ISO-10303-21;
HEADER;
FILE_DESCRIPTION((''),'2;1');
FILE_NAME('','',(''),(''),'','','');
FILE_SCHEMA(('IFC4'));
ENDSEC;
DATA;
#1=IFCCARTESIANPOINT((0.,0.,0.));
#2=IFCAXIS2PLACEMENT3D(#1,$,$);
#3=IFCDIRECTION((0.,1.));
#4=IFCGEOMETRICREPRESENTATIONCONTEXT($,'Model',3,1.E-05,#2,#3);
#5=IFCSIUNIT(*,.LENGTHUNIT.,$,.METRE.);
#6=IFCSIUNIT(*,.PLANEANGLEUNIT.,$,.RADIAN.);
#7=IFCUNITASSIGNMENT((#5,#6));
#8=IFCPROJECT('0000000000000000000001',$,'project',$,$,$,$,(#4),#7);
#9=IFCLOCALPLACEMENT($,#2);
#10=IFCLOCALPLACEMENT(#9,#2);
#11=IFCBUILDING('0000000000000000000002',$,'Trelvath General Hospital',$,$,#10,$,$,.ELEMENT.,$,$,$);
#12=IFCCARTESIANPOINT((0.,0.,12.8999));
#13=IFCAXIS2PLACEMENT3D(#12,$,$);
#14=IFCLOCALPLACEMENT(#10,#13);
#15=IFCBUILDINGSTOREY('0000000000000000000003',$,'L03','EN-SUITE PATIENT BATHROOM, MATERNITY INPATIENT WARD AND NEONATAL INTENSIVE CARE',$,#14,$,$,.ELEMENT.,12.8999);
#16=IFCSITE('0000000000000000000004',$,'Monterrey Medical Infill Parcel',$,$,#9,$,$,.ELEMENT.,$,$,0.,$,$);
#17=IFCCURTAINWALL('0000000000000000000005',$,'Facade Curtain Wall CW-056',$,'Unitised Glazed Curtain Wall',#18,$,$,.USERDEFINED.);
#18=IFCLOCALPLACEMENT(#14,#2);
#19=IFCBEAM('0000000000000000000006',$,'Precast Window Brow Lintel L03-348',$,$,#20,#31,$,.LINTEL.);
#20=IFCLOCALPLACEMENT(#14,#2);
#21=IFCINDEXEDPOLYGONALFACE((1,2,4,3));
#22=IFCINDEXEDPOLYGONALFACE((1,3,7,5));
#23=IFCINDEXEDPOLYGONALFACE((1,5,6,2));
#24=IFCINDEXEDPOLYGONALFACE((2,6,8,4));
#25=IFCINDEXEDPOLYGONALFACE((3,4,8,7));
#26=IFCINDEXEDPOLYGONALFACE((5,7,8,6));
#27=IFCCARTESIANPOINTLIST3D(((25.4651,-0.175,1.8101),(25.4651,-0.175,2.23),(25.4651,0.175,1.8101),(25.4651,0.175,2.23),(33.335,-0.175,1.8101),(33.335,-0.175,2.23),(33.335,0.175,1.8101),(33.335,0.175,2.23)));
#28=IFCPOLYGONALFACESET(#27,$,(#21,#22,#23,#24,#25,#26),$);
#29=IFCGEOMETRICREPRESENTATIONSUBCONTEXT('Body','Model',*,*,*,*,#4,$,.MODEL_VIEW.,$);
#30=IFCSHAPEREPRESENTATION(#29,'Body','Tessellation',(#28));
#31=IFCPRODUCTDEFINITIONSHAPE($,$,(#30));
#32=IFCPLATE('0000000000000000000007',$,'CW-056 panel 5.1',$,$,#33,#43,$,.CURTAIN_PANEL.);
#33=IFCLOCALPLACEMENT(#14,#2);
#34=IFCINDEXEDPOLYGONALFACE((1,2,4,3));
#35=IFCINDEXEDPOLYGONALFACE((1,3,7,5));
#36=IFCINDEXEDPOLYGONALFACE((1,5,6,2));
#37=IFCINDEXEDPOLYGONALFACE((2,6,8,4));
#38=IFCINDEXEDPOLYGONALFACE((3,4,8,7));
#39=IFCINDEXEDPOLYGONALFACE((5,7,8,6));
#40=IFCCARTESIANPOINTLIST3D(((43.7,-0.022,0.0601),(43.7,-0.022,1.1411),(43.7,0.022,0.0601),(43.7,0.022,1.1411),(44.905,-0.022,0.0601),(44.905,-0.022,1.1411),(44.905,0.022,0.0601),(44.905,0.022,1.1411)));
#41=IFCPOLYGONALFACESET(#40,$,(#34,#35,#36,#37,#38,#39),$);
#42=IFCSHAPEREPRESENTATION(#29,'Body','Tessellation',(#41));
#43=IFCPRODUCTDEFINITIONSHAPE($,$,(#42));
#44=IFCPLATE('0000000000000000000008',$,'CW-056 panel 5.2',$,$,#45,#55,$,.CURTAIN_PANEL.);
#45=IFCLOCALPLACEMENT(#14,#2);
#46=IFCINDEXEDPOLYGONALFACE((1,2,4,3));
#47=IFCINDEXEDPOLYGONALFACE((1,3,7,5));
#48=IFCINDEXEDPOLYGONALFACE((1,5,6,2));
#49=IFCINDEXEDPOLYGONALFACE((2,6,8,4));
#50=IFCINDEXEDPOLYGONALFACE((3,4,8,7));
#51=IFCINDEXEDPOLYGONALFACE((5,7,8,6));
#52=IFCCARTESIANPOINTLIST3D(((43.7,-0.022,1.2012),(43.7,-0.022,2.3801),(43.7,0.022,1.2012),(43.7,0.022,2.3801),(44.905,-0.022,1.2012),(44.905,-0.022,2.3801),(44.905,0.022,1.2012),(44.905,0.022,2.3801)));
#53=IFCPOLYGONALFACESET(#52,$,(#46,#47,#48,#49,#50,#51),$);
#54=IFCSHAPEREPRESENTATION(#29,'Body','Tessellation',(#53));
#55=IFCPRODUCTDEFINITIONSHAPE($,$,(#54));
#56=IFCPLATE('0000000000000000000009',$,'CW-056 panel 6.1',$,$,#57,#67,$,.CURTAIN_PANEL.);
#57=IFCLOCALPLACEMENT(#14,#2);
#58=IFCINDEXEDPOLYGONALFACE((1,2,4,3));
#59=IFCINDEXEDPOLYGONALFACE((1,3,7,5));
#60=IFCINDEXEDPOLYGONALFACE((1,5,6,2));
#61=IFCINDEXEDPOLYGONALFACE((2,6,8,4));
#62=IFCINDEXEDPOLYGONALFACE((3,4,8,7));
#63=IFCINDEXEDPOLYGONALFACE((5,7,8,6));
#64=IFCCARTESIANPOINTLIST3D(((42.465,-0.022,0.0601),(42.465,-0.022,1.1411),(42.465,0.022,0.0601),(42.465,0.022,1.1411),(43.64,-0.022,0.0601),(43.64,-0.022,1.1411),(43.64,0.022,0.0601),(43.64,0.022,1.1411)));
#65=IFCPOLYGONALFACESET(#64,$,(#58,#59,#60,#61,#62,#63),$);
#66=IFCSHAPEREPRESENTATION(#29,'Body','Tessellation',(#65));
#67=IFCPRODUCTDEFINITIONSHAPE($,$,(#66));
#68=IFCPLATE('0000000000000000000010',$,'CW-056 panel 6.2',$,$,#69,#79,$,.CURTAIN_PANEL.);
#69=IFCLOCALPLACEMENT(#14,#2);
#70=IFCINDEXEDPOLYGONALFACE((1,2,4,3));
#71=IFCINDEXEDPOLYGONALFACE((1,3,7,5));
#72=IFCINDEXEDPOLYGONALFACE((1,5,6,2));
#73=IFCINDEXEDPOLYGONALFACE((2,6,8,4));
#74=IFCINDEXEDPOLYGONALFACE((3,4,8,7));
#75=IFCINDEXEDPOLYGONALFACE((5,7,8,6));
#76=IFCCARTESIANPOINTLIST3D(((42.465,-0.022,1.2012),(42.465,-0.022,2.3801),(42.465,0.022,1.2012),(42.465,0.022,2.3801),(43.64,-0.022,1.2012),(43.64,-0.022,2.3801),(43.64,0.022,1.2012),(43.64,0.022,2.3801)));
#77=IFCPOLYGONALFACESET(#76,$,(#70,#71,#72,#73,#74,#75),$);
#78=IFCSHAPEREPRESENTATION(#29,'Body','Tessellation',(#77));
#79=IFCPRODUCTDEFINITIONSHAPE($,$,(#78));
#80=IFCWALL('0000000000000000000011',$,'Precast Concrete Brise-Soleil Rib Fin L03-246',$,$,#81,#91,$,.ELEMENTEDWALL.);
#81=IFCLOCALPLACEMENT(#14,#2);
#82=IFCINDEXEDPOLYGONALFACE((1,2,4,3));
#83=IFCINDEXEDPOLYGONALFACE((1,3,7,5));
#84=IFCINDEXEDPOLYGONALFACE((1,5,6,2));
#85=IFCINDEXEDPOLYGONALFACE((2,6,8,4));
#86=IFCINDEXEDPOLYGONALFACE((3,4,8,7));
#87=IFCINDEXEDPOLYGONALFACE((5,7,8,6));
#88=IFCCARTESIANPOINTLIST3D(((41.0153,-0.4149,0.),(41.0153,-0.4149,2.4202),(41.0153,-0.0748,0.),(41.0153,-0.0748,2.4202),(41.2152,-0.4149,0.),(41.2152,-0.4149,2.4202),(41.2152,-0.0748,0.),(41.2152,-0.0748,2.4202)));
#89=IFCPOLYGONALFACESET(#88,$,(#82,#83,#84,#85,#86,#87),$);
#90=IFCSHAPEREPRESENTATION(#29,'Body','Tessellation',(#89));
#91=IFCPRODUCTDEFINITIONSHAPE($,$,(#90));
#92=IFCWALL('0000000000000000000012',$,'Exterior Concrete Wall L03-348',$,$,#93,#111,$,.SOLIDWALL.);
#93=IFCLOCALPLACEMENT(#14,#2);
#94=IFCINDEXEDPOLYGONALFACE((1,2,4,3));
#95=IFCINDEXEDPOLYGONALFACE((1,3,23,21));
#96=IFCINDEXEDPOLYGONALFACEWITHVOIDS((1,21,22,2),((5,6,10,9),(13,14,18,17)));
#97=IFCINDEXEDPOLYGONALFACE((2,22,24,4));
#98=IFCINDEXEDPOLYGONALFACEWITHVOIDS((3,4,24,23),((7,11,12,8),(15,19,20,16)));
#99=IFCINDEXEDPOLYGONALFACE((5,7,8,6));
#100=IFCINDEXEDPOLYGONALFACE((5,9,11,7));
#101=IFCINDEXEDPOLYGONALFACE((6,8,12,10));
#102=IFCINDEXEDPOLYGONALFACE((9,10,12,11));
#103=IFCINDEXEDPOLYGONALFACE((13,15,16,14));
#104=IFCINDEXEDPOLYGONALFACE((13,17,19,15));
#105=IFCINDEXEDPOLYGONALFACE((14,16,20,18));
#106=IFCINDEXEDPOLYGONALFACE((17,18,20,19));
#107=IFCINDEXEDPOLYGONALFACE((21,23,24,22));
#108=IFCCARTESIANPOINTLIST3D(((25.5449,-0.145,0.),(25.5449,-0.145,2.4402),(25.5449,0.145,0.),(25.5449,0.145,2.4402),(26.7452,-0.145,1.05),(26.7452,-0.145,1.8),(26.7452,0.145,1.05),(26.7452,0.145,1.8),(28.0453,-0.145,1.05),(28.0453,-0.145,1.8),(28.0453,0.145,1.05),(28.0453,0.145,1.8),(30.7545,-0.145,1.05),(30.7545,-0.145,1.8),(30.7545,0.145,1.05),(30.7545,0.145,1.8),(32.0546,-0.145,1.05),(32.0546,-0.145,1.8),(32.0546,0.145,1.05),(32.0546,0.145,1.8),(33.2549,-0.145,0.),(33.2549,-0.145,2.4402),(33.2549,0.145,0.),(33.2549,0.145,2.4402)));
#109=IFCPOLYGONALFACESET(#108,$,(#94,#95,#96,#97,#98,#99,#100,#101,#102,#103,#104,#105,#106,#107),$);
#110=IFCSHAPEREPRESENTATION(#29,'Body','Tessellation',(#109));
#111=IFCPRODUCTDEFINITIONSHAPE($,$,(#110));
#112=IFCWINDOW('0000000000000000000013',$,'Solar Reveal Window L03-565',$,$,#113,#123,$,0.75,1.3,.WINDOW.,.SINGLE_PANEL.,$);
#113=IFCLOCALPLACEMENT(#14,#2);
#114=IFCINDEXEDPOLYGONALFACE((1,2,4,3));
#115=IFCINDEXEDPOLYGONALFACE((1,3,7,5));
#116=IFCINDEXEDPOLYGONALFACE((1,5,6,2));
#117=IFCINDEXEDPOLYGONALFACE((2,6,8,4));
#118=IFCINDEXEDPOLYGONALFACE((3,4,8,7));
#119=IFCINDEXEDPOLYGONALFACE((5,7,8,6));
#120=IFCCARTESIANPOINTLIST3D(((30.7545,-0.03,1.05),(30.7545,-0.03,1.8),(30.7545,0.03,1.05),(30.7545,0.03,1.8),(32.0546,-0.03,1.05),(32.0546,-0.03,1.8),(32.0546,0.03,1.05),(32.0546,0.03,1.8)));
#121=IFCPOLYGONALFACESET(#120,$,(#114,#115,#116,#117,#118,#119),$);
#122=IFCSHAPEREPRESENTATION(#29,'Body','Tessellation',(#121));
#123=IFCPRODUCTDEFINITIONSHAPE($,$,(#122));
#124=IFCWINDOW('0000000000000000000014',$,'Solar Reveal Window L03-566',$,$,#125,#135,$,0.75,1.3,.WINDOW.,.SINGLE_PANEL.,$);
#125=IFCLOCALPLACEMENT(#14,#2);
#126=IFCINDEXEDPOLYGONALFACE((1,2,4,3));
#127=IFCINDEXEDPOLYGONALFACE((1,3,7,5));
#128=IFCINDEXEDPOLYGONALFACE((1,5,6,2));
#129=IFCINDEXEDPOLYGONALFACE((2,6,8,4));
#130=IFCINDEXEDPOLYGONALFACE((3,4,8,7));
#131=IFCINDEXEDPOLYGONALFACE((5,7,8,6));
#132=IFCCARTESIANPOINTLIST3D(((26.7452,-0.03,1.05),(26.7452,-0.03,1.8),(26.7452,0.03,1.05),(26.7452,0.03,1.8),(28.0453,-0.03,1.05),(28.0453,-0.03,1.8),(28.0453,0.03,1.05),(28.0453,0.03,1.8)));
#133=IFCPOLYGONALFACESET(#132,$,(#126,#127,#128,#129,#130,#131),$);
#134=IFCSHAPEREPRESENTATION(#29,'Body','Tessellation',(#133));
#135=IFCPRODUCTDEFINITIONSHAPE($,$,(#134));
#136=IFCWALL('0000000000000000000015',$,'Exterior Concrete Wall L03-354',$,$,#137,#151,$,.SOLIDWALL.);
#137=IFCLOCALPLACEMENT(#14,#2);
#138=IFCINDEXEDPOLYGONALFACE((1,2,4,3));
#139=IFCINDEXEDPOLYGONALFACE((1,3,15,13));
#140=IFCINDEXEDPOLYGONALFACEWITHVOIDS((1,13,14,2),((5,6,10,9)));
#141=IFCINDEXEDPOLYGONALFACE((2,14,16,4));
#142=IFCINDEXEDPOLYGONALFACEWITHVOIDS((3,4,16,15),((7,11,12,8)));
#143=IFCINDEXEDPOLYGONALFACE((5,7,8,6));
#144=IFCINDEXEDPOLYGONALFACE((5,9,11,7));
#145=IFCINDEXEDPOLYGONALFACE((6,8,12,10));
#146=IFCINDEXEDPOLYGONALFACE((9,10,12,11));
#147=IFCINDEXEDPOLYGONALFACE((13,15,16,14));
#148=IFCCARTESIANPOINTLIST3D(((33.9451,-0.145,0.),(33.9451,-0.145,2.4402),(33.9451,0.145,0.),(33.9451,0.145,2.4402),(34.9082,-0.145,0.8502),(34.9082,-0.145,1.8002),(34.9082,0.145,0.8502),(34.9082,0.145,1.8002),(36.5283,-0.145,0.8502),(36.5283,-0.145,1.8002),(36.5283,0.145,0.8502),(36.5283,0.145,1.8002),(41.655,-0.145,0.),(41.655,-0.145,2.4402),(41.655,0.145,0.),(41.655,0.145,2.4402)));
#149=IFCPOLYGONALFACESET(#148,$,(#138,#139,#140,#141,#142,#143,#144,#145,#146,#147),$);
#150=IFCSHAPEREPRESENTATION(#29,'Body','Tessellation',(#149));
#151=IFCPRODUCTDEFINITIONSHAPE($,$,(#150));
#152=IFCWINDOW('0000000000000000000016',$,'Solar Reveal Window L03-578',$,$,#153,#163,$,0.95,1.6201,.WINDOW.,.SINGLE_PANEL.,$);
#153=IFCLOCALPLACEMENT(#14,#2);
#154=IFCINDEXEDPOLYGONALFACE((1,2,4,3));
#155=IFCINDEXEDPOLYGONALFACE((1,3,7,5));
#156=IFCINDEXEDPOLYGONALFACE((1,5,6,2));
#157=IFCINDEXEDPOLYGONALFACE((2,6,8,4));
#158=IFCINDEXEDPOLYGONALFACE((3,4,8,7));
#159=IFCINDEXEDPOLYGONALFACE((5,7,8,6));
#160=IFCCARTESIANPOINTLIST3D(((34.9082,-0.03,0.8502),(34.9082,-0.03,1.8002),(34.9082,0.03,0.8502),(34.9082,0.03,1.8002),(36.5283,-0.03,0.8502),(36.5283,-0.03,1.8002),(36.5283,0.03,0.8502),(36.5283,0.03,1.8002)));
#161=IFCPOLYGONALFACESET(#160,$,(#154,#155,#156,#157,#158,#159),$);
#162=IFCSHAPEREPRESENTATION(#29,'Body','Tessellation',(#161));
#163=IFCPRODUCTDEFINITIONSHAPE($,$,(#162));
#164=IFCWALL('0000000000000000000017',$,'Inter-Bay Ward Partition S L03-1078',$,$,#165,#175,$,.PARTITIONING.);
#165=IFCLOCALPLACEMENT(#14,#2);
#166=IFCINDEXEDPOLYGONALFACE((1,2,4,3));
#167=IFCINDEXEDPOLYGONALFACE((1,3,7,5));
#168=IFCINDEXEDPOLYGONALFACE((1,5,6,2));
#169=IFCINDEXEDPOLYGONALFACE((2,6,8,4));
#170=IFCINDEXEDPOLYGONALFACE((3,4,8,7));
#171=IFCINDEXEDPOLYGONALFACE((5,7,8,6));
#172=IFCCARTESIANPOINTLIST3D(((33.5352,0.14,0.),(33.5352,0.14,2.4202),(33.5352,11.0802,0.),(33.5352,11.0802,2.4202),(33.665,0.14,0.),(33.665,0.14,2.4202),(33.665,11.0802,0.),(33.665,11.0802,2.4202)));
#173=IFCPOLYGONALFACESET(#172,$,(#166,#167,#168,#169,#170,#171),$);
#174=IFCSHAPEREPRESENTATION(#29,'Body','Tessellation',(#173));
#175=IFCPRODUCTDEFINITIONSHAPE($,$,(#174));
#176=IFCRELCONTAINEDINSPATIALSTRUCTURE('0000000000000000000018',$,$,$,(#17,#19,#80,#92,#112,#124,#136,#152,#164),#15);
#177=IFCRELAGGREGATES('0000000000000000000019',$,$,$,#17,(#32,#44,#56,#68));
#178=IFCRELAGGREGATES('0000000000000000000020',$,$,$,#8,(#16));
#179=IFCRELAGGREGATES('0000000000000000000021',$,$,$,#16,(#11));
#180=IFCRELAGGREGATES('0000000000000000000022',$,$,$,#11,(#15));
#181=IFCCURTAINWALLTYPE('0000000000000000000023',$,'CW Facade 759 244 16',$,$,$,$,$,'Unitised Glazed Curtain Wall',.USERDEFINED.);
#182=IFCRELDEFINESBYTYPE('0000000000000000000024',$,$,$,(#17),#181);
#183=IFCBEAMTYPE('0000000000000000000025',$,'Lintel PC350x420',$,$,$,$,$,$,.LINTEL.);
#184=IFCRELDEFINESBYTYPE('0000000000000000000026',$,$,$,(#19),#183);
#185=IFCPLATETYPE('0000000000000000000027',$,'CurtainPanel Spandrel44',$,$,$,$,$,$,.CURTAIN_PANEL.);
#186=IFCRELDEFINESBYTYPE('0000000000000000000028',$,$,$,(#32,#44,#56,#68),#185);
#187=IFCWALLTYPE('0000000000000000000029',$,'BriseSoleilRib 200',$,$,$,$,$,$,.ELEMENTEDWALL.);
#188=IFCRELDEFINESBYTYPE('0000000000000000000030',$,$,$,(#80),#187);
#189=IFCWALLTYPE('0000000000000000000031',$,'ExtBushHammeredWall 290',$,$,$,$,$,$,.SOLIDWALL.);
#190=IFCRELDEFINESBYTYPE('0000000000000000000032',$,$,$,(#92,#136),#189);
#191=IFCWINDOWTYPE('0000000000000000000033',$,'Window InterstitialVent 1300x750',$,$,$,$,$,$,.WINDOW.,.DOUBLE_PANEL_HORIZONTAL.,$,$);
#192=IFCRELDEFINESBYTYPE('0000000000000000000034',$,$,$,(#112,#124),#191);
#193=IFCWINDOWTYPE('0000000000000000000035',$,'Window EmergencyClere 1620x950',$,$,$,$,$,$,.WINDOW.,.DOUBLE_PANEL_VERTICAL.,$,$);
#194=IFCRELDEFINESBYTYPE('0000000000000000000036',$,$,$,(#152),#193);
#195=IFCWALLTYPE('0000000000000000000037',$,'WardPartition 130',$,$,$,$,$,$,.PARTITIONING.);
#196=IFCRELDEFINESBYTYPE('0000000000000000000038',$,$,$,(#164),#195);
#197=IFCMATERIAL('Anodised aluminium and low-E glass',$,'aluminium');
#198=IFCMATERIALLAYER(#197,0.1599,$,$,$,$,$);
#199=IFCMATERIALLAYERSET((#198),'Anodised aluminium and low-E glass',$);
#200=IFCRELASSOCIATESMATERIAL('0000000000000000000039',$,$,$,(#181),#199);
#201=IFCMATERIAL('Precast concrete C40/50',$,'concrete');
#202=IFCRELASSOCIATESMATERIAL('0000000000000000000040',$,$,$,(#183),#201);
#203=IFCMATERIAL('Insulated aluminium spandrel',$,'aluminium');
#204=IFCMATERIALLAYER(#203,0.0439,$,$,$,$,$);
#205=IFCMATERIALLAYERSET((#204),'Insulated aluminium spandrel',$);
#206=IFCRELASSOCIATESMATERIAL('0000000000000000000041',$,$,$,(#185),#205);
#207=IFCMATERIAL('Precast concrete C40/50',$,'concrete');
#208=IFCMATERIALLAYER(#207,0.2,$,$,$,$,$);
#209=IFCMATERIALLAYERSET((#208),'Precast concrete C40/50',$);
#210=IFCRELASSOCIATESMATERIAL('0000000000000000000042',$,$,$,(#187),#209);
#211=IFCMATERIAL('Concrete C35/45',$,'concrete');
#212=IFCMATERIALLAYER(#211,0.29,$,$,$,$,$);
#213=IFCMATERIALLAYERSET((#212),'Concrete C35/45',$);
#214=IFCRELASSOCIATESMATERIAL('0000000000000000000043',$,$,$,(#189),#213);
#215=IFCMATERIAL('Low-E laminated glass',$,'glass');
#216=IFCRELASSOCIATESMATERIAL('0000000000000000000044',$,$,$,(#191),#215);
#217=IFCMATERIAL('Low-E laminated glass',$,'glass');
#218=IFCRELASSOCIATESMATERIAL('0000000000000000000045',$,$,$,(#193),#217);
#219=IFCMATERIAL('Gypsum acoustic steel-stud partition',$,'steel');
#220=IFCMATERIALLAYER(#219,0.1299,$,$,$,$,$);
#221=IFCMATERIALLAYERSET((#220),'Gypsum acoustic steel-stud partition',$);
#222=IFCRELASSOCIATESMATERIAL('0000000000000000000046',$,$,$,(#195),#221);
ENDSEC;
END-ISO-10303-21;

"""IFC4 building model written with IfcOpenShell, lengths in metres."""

from ifc_helpers import new_model, si_unit, direction, frame, frame_2d, origin, origin_2d, place, context, subcontext, project, spatial, rectangle, extrude, material, layer, layer_set, material_profile, profile_set, type_object, element, fill, aggregate, save


model = new_model("IFC4")

# Units and contexts
model_context = context("Model", 3, precision=1e-05, world=origin(), true_north=direction((0.0, 1.0)))
body_context = subcontext(model_context, "Body", "Model", "MODEL_VIEW")
ifc_project = project(units=[si_unit("LENGTHUNIT", "METRE"), si_unit("PLANEANGLEUNIT", "RADIAN")], contexts=[model_context])

# Site, building, storey
site_placement = place(None, origin())
site = spatial("IfcSite", under=ifc_project, at=site_placement, Name="Monterrey Medical Infill Parcel", CompositionType="ELEMENT", RefElevation=0.0)
building_placement = place(site_placement, origin())
building = spatial("IfcBuilding", under=site, at=building_placement, Name="Trelvath General Hospital", CompositionType="ELEMENT")
storey_placement = place(building_placement, frame((0.0, 0.0, 12.8999)))
storey = spatial("IfcBuildingStorey", under=building, at=storey_placement, Name="L03", Description="EN-SUITE PATIENT BATHROOM, MATERNITY INPATIENT WARD AND NEONATAL INTENSIVE CARE", CompositionType="ELEMENT", Elevation=12.8999)

# Curtain wall
ifc_material_1 = material(Name="Anodised aluminium and low-E glass", Category="aluminium")
ifc_layer_1 = layer(ifc_material_1, 0.1599)
ifc_layer_set_1 = layer_set([ifc_layer_1], Name="Anodised aluminium and low-E glass")
curtain_wall_type = type_object("IfcCurtainWallType", Name="CW Facade 759 244 16", ElementType="Unitised Glazed Curtain Wall", PredefinedType="USERDEFINED", material=ifc_layer_set_1)
curtain_wall_placement = place(storey_placement, origin())
curtain_wall = element("IfcCurtainWall", 1, at=curtain_wall_placement, inside=storey, type_object=curtain_wall_type, Name="Facade Curtain Wall CW-056", ObjectType="Unitised Glazed Curtain Wall", PredefinedType="USERDEFINED")

# Beam
ifc_material_2 = material(Name="Precast concrete C40/50", Category="concrete")
ifc_material_profile_1 = material_profile(ifc_material_2, rectangle(XDim=0.3501, YDim=0.4199, at=origin_2d()), Name="PCL350x420")
ifc_profile_set_1 = profile_set([ifc_material_profile_1], Name="Precast concrete C40/50")
beam_type_1 = type_object("IfcBeamType", Name="Lintel PC350x420", PredefinedType="LINTEL", material=ifc_profile_set_1)
beam_placement = place(storey_placement, frame((33.335, 0.0, 2.02), z_axis=(-1.0, 0.0, 0.0), x_axis=(0.0, -1.0, 0.0)))
element("IfcBeam", 2, at=beam_placement, inside=storey, type_object=beam_type_1, Name="Precast Window Brow Lintel L03-348", PredefinedType="LINTEL", context=body_context, shape_type="SweptSolid", body=[
    extrude(rectangle(XDim=0.3501, YDim=0.4199, at=origin_2d()), origin(), (0.0, 0.0, 1.0), 7.8699),
])

# Plates
ifc_material_3 = material(Name="Insulated aluminium spandrel", Category="aluminium")
ifc_layer_2 = layer(ifc_material_3, 0.0439)
ifc_layer_set_2 = layer_set([ifc_layer_2], Name="Insulated aluminium spandrel")
plate_type = type_object("IfcPlateType", Name="CurtainPanel Spandrel44", PredefinedType="CURTAIN_PANEL", material=ifc_layer_set_2)
plate_1_placement = place(storey_placement, frame((44.3025, 0.0, 0.0601), z_axis=(0.0, 0.0, 1.0), x_axis=(-1.0, 0.0, 0.0)))
plate_1 = element("IfcPlate", 3, at=plate_1_placement, type_object=plate_type, Name="CW-056 panel 5.1", PredefinedType="CURTAIN_PANEL", context=body_context, shape_type="SweptSolid", body=[
    extrude(rectangle(XDim=1.2051, YDim=0.0439, at=origin_2d()), origin(), (0.0, 0.0, 1.0), 1.0811),
])
plate_2_placement = place(storey_placement, frame((44.3025, 0.0, 1.2012), z_axis=(0.0, 0.0, 1.0), x_axis=(-1.0, 0.0, 0.0)))
plate_2 = element("IfcPlate", 4, at=plate_2_placement, type_object=plate_type, Name="CW-056 panel 5.2", PredefinedType="CURTAIN_PANEL", context=body_context, shape_type="SweptSolid", body=[
    extrude(rectangle(XDim=1.2051, YDim=0.0439, at=origin_2d()), origin(), (0.0, 0.0, 1.0), 1.179),
])
plate_3_placement = place(storey_placement, frame((43.0525, 0.0, 0.0601), z_axis=(0.0, 0.0, 1.0), x_axis=(-1.0, 0.0, 0.0)))
plate_3 = element("IfcPlate", 5, at=plate_3_placement, type_object=plate_type, Name="CW-056 panel 6.1", PredefinedType="CURTAIN_PANEL", context=body_context, shape_type="SweptSolid", body=[
    extrude(rectangle(XDim=1.175, YDim=0.0439, at=origin_2d()), origin(), (0.0, 0.0, 1.0), 1.0811),
])
plate_4_placement = place(storey_placement, frame((43.0525, 0.0, 1.2012), z_axis=(0.0, 0.0, 1.0), x_axis=(-1.0, 0.0, 0.0)))
plate_4 = element("IfcPlate", 6, at=plate_4_placement, type_object=plate_type, Name="CW-056 panel 6.2", PredefinedType="CURTAIN_PANEL", context=body_context, shape_type="SweptSolid", body=[
    extrude(rectangle(XDim=1.175, YDim=0.0439, at=origin_2d()), origin(), (0.0, 0.0, 1.0), 1.179),
])
aggregate(curtain_wall, [plate_1, plate_2, plate_3, plate_4])

# Wall
ifc_material_4 = material(Name="Precast concrete C40/50", Category="concrete")
ifc_layer_3 = layer(ifc_material_4, 0.2)
ifc_layer_set_3 = layer_set([ifc_layer_3], Name="Precast concrete C40/50")
wall_type_1 = type_object("IfcWallType", Name="BriseSoleilRib 200", PredefinedType="ELEMENTEDWALL", material=ifc_layer_set_3)
wall_1_placement = place(storey_placement, frame((41.1152, -0.075, 0.0), z_axis=(0.0, 0.0, 1.0), x_axis=(0.0, -1.0, 0.0)))
element("IfcWall", 7, at=wall_1_placement, inside=storey, type_object=wall_type_1, Name="Precast Concrete Brise-Soleil Rib Fin L03-246", PredefinedType="ELEMENTEDWALL", context=body_context, shape_type="SweptSolid", body=[
    extrude(rectangle(XDim=0.3401, YDim=0.2, at=frame_2d((0.1699, 0.0))), origin(), (0.0, 0.0, 1.0), 2.4202),
])

# Wall, openings, windows
ifc_material_5 = material(Name="Concrete C35/45", Category="concrete")
ifc_layer_4 = layer(ifc_material_5, 0.29)
ifc_layer_set_4 = layer_set([ifc_layer_4], Name="Concrete C35/45")
wall_type_2 = type_object("IfcWallType", Name="ExtBushHammeredWall 290", PredefinedType="SOLIDWALL", material=ifc_layer_set_4)
wall_2_placement = place(storey_placement, frame((33.2549, 0.0, 0.0), z_axis=(0.0, 0.0, 1.0), x_axis=(-1.0, 0.0, 0.0)))
wall_2 = element("IfcWall", 8, at=wall_2_placement, inside=storey, type_object=wall_type_2, Name="Exterior Concrete Wall L03-348", PredefinedType="SOLIDWALL", context=body_context, shape_type="SweptSolid", body=[
    extrude(rectangle(XDim=7.71, YDim=0.29, at=frame_2d((3.855, 0.0))), origin(), (0.0, 0.0, 1.0), 2.4402),
])
opening_1_placement = place(wall_2_placement, frame((1.2004, 0.0, 1.05)))
opening_1 = element("IfcOpeningElement", 9, at=opening_1_placement, cuts=wall_2, PredefinedType="OPENING", context=body_context, shape_type="SweptSolid", body=[
    extrude(rectangle(XDim=1.3, YDim=0.75, at=frame_2d((0.6499, 0.375))), frame((0.0, 0.155, 0.0), z_axis=(0.0, -1.0, 0.0), x_axis=(1.0, 0.0, 0.0)), (0.0, 0.0, 1.0), 0.3101),
])
opening_2_placement = place(wall_2_placement, frame((5.2097, 0.0, 1.05)))
opening_2 = element("IfcOpeningElement", 10, at=opening_2_placement, cuts=wall_2, PredefinedType="OPENING", context=body_context, shape_type="SweptSolid", body=[
    extrude(rectangle(XDim=1.3, YDim=0.75, at=frame_2d((0.6499, 0.375))), frame((0.0, 0.155, 0.0), z_axis=(0.0, -1.0, 0.0), x_axis=(1.0, 0.0, 0.0)), (0.0, 0.0, 1.0), 0.3101),
])
ifc_material_6 = material(Name="Low-E laminated glass", Category="glass")
window_type_1 = type_object("IfcWindowType", Name="Window InterstitialVent 1300x750", PartitioningType="DOUBLE_PANEL_HORIZONTAL", PredefinedType="WINDOW", material=ifc_material_6)
window_1_placement = place(opening_1_placement, origin())
window_1 = element("IfcWindow", 11, at=window_1_placement, inside=storey, type_object=window_type_1, Name="Solar Reveal Window L03-565", OverallHeight=0.75, OverallWidth=1.3, PartitioningType="SINGLE_PANEL", PredefinedType="WINDOW", context=body_context, shape_type="SweptSolid", body=[
    extrude(rectangle(XDim=1.3, YDim=0.75, at=frame_2d((0.6499, 0.375))), frame((0.0, 0.03, 0.0), z_axis=(0.0, -1.0, 0.0), x_axis=(1.0, 0.0, 0.0)), (0.0, 0.0, 1.0), 0.0601),
])
fill(opening_1, window_1)
window_2_placement = place(opening_2_placement, origin())
window_2 = element("IfcWindow", 12, at=window_2_placement, inside=storey, type_object=window_type_1, Name="Solar Reveal Window L03-566", OverallHeight=0.75, OverallWidth=1.3, PartitioningType="SINGLE_PANEL", PredefinedType="WINDOW", context=body_context, shape_type="SweptSolid", body=[
    extrude(rectangle(XDim=1.3, YDim=0.75, at=frame_2d((0.6499, 0.375))), frame((0.0, 0.03, 0.0), z_axis=(0.0, -1.0, 0.0), x_axis=(1.0, 0.0, 0.0)), (0.0, 0.0, 1.0), 0.0601),
])
fill(opening_2, window_2)

# Wall, opening, window
wall_3_placement = place(storey_placement, frame((41.655, 0.0, 0.0), z_axis=(0.0, 0.0, 1.0), x_axis=(-1.0, 0.0, 0.0)))
wall_3 = element("IfcWall", 13, at=wall_3_placement, inside=storey, type_object=wall_type_2, Name="Exterior Concrete Wall L03-354", PredefinedType="SOLIDWALL", context=body_context, shape_type="SweptSolid", body=[
    extrude(rectangle(XDim=7.71, YDim=0.29, at=frame_2d((3.855, 0.0))), origin(), (0.0, 0.0, 1.0), 2.4402),
])
opening_3_placement = place(wall_3_placement, frame((5.1267, 0.0, 0.8501)))
opening_3 = element("IfcOpeningElement", 14, at=opening_3_placement, cuts=wall_3, PredefinedType="OPENING", context=body_context, shape_type="SweptSolid", body=[
    extrude(rectangle(XDim=1.6201, YDim=0.95, at=frame_2d((0.8101, 0.4751))), frame((0.0, 0.155, 0.0), z_axis=(0.0, -1.0, 0.0), x_axis=(1.0, 0.0, 0.0)), (0.0, 0.0, 1.0), 0.3101),
])
ifc_material_7 = material(Name="Low-E laminated glass", Category="glass")
window_type_2 = type_object("IfcWindowType", Name="Window EmergencyClere 1620x950", PartitioningType="DOUBLE_PANEL_VERTICAL", PredefinedType="WINDOW", material=ifc_material_7)
window_3_placement = place(opening_3_placement, origin())
window_3 = element("IfcWindow", 15, at=window_3_placement, inside=storey, type_object=window_type_2, Name="Solar Reveal Window L03-578", OverallHeight=0.95, OverallWidth=1.6201, PartitioningType="SINGLE_PANEL", PredefinedType="WINDOW", context=body_context, shape_type="SweptSolid", body=[
    extrude(rectangle(XDim=1.6201, YDim=0.95, at=frame_2d((0.8101, 0.4751))), frame((0.0, 0.03, 0.0), z_axis=(0.0, -1.0, 0.0), x_axis=(1.0, 0.0, 0.0)), (0.0, 0.0, 1.0), 0.0601),
])
fill(opening_3, window_3)

# Wall
ifc_material_8 = material(Name="Gypsum acoustic steel-stud partition", Category="steel")
ifc_layer_5 = layer(ifc_material_8, 0.1299)
ifc_layer_set_5 = layer_set([ifc_layer_5], Name="Gypsum acoustic steel-stud partition")
wall_type_3 = type_object("IfcWallType", Name="WardPartition 130", PredefinedType="PARTITIONING", material=ifc_layer_set_5)
wall_4_placement = place(storey_placement, frame((33.6001, 0.1399, 0.0), z_axis=(0.0, 0.0, 1.0), x_axis=(0.0, 1.0, 0.0)))
element("IfcWall", 16, at=wall_4_placement, inside=storey, type_object=wall_type_3, Name="Inter-Bay Ward Partition S L03-1078", PredefinedType="PARTITIONING", context=body_context, shape_type="SweptSolid", body=[
    extrude(rectangle(XDim=10.9402, YDim=0.1299, at=frame_2d((5.4702, 0.0))), origin(), (0.0, 0.0, 1.0), 2.4202),
])

save(model, "model.ifc")
